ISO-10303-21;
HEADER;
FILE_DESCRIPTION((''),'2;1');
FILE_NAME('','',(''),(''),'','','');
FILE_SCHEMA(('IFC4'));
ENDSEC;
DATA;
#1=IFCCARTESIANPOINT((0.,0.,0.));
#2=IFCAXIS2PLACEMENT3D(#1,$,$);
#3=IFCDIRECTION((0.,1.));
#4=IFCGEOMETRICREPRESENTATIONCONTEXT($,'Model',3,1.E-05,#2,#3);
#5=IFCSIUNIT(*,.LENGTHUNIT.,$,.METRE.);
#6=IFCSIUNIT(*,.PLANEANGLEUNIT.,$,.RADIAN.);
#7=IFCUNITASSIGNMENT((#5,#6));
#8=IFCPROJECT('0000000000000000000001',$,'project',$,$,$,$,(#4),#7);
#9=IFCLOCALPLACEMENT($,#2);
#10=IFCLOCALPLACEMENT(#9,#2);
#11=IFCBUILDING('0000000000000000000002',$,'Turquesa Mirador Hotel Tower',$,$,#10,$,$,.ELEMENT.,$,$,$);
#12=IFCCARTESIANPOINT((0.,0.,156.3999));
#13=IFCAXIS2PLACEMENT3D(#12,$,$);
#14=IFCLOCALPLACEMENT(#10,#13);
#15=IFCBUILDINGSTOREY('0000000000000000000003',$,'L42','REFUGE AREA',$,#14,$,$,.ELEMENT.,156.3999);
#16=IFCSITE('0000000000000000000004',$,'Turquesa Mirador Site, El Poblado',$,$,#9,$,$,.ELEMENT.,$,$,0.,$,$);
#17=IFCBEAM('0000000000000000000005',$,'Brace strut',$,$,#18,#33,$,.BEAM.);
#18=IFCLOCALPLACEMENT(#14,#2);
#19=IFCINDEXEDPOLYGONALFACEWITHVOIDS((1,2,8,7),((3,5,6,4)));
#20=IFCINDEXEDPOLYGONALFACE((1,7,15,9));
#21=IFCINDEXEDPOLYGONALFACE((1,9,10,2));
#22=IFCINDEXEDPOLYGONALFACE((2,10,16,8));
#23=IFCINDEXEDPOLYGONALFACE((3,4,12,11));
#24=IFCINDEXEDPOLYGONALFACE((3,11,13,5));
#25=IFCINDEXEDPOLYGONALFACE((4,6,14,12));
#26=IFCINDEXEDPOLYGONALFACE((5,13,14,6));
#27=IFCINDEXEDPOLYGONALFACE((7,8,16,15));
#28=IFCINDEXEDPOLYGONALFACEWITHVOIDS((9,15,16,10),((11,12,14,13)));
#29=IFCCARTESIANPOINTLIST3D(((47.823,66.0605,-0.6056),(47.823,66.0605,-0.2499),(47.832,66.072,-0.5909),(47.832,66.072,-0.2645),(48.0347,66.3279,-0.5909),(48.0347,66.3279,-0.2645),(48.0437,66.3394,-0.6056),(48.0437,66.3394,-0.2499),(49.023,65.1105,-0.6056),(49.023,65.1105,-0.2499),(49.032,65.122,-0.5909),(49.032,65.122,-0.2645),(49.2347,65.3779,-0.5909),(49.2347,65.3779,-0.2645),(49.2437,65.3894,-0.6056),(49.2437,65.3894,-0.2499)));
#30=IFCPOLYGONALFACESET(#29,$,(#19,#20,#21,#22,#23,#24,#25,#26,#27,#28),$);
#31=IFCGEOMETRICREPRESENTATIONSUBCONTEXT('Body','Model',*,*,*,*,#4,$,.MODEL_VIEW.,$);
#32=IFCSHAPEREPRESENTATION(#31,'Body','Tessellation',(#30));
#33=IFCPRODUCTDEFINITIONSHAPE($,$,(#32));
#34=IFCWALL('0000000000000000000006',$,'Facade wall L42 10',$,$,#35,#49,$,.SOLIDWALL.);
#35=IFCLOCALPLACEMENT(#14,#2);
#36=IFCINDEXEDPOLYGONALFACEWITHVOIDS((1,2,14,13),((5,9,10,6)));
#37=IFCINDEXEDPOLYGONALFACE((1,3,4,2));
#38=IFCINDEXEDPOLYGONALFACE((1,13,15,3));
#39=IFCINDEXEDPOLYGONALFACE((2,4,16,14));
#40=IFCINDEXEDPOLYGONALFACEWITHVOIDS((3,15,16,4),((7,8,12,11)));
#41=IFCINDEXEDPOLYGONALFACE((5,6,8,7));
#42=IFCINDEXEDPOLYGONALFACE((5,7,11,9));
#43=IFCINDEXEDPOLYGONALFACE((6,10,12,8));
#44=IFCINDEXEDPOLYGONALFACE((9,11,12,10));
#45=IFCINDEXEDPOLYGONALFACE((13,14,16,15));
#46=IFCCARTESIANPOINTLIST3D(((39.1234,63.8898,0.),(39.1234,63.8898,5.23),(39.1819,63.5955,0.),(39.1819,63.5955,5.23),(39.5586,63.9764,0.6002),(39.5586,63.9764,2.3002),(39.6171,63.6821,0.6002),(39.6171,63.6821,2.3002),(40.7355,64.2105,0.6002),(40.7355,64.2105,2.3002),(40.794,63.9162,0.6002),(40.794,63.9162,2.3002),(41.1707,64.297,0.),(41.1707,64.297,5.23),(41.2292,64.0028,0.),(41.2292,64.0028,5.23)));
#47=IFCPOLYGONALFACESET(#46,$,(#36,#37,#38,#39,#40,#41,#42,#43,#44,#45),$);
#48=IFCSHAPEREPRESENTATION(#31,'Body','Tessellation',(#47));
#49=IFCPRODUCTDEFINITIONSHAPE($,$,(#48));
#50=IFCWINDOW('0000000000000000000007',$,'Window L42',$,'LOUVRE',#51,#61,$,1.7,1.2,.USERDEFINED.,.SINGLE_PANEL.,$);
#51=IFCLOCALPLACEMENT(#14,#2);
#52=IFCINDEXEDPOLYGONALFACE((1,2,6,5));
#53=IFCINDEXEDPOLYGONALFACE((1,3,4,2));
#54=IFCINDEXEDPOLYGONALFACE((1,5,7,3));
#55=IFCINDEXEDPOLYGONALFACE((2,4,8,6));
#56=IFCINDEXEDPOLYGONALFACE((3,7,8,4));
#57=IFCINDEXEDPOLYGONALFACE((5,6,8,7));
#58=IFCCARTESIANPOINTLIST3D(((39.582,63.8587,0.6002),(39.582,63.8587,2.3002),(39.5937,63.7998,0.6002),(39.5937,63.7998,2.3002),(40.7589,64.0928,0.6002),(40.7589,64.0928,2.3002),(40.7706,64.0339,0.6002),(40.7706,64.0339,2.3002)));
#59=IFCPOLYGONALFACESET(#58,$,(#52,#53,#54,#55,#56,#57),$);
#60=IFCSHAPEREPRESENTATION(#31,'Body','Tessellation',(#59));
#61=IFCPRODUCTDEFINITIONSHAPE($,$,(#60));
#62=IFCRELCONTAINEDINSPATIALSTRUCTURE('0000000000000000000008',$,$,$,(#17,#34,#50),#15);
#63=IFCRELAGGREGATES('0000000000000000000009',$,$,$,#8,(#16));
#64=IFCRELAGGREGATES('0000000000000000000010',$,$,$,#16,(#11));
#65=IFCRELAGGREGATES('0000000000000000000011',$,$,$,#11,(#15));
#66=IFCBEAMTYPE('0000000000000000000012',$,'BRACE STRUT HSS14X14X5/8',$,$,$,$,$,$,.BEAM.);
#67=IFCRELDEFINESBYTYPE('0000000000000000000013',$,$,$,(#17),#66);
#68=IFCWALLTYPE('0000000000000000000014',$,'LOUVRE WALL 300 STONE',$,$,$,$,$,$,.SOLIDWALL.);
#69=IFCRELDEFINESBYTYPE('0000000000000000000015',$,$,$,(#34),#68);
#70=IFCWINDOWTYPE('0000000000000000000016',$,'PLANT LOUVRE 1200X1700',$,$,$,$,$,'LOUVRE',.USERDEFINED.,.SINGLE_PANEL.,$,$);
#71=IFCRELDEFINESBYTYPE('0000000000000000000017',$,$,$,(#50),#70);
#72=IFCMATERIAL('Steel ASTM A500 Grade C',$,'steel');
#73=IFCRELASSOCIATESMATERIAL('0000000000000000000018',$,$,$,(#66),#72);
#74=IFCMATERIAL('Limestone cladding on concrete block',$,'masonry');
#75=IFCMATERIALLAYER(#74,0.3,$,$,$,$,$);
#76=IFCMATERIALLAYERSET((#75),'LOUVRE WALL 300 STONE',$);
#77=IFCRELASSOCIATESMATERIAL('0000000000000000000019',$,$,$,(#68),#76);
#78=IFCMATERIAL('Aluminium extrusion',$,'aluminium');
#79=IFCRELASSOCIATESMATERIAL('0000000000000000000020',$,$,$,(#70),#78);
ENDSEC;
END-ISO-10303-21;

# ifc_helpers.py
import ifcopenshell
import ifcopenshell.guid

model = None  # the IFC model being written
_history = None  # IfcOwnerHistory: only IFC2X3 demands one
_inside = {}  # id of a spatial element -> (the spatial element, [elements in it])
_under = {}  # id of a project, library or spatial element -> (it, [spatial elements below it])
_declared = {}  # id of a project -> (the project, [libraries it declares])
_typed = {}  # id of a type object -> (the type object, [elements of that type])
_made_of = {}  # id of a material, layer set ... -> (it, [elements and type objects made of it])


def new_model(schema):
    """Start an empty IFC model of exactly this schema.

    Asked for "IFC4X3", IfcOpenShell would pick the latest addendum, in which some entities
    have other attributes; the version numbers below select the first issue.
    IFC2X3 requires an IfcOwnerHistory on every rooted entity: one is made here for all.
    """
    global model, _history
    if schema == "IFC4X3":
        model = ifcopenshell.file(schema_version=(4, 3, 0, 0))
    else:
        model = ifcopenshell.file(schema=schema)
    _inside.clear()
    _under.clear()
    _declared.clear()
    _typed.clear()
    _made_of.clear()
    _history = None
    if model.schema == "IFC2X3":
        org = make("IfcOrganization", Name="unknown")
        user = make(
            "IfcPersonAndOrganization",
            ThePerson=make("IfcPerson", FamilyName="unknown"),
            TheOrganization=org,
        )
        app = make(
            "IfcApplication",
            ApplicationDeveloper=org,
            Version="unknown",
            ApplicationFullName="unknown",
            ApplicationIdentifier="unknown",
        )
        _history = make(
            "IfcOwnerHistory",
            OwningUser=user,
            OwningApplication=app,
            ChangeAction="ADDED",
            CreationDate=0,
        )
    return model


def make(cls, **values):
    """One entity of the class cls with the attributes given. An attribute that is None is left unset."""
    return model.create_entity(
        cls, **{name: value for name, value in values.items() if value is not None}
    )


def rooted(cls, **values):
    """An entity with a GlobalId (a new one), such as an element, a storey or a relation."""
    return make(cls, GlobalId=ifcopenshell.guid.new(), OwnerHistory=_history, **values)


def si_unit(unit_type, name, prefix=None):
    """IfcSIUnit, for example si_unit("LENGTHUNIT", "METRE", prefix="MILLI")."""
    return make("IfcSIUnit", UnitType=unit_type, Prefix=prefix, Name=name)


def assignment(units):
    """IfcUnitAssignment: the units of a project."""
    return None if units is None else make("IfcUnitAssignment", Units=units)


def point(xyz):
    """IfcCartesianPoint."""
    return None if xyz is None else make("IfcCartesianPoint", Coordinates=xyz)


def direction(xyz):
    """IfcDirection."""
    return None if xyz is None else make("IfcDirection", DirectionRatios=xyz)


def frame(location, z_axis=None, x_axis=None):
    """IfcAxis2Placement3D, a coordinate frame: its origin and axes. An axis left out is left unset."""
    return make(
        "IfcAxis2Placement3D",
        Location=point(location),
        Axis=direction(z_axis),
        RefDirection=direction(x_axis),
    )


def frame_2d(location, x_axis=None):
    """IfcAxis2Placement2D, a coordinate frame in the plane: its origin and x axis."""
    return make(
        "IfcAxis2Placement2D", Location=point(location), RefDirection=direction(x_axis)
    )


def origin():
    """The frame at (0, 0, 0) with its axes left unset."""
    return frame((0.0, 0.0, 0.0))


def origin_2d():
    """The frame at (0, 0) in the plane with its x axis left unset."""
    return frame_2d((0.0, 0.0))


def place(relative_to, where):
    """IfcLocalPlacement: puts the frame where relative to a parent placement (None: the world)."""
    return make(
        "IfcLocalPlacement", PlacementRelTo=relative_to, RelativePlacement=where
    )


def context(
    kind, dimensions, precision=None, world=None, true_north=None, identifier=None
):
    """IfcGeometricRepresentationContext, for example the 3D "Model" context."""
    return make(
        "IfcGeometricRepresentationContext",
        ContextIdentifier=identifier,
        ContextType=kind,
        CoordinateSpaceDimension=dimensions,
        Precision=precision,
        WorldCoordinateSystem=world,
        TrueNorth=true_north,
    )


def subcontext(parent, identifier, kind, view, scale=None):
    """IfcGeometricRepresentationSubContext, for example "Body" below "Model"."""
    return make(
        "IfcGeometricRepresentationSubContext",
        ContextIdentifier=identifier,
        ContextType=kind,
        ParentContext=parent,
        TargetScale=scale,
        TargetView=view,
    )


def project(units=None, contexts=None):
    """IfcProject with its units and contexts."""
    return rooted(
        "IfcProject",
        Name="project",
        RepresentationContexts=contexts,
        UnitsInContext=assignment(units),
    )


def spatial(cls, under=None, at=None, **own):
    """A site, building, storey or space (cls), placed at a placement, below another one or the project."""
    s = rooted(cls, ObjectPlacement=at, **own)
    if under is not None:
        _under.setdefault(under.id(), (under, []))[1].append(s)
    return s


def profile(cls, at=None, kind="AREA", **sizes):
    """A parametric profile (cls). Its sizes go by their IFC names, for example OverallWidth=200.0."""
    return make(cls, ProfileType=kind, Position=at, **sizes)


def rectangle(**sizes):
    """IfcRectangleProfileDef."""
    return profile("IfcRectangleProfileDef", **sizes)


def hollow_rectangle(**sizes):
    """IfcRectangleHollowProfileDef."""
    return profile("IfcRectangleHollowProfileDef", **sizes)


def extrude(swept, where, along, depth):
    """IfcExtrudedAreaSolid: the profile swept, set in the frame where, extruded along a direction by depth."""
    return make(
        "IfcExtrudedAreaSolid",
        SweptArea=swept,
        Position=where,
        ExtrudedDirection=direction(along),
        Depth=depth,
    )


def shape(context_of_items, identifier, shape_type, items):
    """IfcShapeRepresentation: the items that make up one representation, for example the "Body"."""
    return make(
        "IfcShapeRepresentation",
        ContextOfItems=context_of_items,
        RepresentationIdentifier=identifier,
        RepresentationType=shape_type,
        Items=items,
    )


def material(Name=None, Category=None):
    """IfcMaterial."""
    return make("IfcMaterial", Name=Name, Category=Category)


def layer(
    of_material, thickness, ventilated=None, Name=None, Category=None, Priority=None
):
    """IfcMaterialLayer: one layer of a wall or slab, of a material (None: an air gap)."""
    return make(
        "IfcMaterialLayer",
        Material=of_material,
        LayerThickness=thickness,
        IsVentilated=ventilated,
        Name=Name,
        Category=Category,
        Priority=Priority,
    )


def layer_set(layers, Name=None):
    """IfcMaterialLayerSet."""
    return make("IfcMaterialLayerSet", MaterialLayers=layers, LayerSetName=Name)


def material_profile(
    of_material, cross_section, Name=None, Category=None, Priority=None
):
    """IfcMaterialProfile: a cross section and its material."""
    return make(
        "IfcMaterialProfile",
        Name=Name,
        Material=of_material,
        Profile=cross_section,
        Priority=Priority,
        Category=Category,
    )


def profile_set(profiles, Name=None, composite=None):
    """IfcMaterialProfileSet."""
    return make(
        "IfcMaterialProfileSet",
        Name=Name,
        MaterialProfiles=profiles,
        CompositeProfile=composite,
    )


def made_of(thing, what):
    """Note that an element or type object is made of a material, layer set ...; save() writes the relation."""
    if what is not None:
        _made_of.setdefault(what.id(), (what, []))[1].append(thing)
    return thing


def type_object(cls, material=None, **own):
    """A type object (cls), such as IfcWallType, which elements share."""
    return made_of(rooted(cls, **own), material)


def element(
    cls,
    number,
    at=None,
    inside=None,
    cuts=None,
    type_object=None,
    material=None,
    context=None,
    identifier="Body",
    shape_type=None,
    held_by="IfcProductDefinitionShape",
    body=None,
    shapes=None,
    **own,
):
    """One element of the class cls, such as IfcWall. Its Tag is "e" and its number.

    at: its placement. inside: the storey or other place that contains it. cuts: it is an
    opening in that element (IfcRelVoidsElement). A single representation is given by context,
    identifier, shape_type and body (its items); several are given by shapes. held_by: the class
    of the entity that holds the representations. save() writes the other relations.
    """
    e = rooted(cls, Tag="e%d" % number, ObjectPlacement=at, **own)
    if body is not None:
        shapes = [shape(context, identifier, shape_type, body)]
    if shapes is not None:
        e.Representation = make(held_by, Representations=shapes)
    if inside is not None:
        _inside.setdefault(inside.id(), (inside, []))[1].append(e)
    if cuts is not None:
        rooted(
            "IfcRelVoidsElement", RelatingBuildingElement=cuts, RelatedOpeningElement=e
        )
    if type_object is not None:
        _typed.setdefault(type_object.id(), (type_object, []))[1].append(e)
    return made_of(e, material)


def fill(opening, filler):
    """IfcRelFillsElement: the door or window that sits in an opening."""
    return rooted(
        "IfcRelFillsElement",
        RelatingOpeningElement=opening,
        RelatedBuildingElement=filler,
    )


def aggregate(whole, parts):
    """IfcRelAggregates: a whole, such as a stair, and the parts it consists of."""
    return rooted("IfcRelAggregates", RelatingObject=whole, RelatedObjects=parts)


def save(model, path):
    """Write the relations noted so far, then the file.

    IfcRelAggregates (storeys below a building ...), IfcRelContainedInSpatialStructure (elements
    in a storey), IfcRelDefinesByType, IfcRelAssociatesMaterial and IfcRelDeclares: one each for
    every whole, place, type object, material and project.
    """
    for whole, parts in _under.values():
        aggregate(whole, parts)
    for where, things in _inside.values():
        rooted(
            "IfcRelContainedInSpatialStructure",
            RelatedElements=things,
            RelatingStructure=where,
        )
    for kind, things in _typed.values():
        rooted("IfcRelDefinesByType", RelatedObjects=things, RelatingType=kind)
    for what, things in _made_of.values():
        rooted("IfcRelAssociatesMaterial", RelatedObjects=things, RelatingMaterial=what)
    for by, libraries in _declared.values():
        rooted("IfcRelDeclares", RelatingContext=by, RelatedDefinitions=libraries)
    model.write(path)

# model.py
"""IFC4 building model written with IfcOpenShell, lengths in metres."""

from ifc_helpers import new_model, si_unit, direction, frame, frame_2d, origin, origin_2d, place, context, subcontext, project, spatial, rectangle, hollow_rectangle, extrude, material, layer, layer_set, material_profile, profile_set, type_object, element, fill, save


model = new_model("IFC4")

# Units and contexts
model_context = context("Model", 3, precision=1e-05, world=origin(), true_north=direction((0.0, 1.0)))
body_context = subcontext(model_context, "Body", "Model", "MODEL_VIEW")
ifc_project = project(units=[si_unit("LENGTHUNIT", "METRE"), si_unit("PLANEANGLEUNIT", "RADIAN")], contexts=[model_context])

# Site, building, storey
site_placement = place(None, origin())
site = spatial("IfcSite", under=ifc_project, at=site_placement, Name="Turquesa Mirador Site, El Poblado", CompositionType="ELEMENT", RefElevation=0.0)
building_placement = place(site_placement, origin())
building = spatial("IfcBuilding", under=site, at=building_placement, Name="Turquesa Mirador Hotel Tower", CompositionType="ELEMENT")
storey_placement = place(building_placement, frame((0.0, 0.0, 156.3999)))
storey = spatial("IfcBuildingStorey", under=building, at=storey_placement, Name="L42", Description="REFUGE AREA", CompositionType="ELEMENT", Elevation=156.3999)

# Beam
ifc_material_1 = material(Name="Steel ASTM A500 Grade C", Category="steel")
ifc_material_profile_1 = material_profile(ifc_material_1, hollow_rectangle(XDim=0.3557, YDim=0.3557, WallThickness=0.0146, at=origin_2d()), Name="HSS14X14X5/8")
ifc_profile_set_1 = profile_set([ifc_material_profile_1], Name="Steel ASTM A500 Grade C")
beam_type_1 = type_object("IfcBeamType", Name="BRACE STRUT HSS14X14X5/8", PredefinedType="BEAM", material=ifc_profile_set_1)
for number, where, z_axis, x_axis, name in (
    (1, (47.9333, 66.2, -0.4277), (0.784049, -0.620699, 0.0), (0.620699, 0.784049, 0.0), "Brace strut"),
):
    element("IfcBeam", number, at=place(storey_placement, frame(where, z_axis=z_axis, x_axis=x_axis)), inside=storey, type_object=beam_type_1, Name=name, PredefinedType="BEAM", context=body_context, shape_type="SweptSolid", body=[
        extrude(hollow_rectangle(XDim=0.3557, YDim=0.3557, WallThickness=0.0146, at=origin_2d()), origin(), (0.0, 0.0, 1.0), 1.5305),
    ])

# Wall, opening, window
ifc_material_2 = material(Name="Limestone cladding on concrete block", Category="masonry")
ifc_layer = layer(ifc_material_2, 0.3)
ifc_layer_set = layer_set([ifc_layer], Name="LOUVRE WALL 300 STONE")
wall_type = type_object("IfcWallType", Name="LOUVRE WALL 300 STONE", PredefinedType="SOLIDWALL", material=ifc_layer_set)
wall_placement = place(storey_placement, frame((41.2, 64.1499, 0.0), z_axis=(0.0, 0.0, 1.0), x_axis=(-0.980787, -0.195081, 0.0)))
wall = element("IfcWall", 2, at=wall_placement, inside=storey, type_object=wall_type, Name="Facade wall L42 10", PredefinedType="SOLIDWALL", context=body_context, shape_type="SweptSolid", body=[
    extrude(rectangle(XDim=2.0874, YDim=0.3, at=frame_2d((1.0437, 0.0))), origin(), (0.0, 0.0, 1.0), 5.23),
])
opening_placement = place(wall_placement, frame((0.4436, 0.0, 0.6001)))
opening = element("IfcOpeningElement", 3, at=opening_placement, cuts=wall, PredefinedType="OPENING", context=body_context, shape_type="SweptSolid", body=[
    extrude(rectangle(XDim=1.2, YDim=1.7, at=frame_2d((0.6001, 0.8501))), frame((0.0, 0.1599, 0.0), z_axis=(0.0, -1.0, 0.0), x_axis=(1.0, 0.0, 0.0)), (0.0, 0.0, 1.0), 0.3201),
])
ifc_material_3 = material(Name="Aluminium extrusion", Category="aluminium")
window_type = type_object("IfcWindowType", Name="PLANT LOUVRE 1200X1700", ElementType="LOUVRE", PartitioningType="SINGLE_PANEL", PredefinedType="USERDEFINED", material=ifc_material_3)
window_placement = place(opening_placement, origin())
window = element("IfcWindow", 4, at=window_placement, inside=storey, type_object=window_type, Name="Window L42", ObjectType="LOUVRE", OverallHeight=1.7, OverallWidth=1.2, PartitioningType="SINGLE_PANEL", PredefinedType="USERDEFINED", context=body_context, shape_type="SweptSolid", body=[
    extrude(rectangle(XDim=1.2, YDim=1.7, at=frame_2d((0.6001, 0.8501))), frame((0.0, 0.03, 0.0), z_axis=(0.0, -1.0, 0.0), x_axis=(1.0, 0.0, 0.0)), (0.0, 0.0, 1.0), 0.0601),
])
fill(opening, window)

save(model, "model.ifc")
